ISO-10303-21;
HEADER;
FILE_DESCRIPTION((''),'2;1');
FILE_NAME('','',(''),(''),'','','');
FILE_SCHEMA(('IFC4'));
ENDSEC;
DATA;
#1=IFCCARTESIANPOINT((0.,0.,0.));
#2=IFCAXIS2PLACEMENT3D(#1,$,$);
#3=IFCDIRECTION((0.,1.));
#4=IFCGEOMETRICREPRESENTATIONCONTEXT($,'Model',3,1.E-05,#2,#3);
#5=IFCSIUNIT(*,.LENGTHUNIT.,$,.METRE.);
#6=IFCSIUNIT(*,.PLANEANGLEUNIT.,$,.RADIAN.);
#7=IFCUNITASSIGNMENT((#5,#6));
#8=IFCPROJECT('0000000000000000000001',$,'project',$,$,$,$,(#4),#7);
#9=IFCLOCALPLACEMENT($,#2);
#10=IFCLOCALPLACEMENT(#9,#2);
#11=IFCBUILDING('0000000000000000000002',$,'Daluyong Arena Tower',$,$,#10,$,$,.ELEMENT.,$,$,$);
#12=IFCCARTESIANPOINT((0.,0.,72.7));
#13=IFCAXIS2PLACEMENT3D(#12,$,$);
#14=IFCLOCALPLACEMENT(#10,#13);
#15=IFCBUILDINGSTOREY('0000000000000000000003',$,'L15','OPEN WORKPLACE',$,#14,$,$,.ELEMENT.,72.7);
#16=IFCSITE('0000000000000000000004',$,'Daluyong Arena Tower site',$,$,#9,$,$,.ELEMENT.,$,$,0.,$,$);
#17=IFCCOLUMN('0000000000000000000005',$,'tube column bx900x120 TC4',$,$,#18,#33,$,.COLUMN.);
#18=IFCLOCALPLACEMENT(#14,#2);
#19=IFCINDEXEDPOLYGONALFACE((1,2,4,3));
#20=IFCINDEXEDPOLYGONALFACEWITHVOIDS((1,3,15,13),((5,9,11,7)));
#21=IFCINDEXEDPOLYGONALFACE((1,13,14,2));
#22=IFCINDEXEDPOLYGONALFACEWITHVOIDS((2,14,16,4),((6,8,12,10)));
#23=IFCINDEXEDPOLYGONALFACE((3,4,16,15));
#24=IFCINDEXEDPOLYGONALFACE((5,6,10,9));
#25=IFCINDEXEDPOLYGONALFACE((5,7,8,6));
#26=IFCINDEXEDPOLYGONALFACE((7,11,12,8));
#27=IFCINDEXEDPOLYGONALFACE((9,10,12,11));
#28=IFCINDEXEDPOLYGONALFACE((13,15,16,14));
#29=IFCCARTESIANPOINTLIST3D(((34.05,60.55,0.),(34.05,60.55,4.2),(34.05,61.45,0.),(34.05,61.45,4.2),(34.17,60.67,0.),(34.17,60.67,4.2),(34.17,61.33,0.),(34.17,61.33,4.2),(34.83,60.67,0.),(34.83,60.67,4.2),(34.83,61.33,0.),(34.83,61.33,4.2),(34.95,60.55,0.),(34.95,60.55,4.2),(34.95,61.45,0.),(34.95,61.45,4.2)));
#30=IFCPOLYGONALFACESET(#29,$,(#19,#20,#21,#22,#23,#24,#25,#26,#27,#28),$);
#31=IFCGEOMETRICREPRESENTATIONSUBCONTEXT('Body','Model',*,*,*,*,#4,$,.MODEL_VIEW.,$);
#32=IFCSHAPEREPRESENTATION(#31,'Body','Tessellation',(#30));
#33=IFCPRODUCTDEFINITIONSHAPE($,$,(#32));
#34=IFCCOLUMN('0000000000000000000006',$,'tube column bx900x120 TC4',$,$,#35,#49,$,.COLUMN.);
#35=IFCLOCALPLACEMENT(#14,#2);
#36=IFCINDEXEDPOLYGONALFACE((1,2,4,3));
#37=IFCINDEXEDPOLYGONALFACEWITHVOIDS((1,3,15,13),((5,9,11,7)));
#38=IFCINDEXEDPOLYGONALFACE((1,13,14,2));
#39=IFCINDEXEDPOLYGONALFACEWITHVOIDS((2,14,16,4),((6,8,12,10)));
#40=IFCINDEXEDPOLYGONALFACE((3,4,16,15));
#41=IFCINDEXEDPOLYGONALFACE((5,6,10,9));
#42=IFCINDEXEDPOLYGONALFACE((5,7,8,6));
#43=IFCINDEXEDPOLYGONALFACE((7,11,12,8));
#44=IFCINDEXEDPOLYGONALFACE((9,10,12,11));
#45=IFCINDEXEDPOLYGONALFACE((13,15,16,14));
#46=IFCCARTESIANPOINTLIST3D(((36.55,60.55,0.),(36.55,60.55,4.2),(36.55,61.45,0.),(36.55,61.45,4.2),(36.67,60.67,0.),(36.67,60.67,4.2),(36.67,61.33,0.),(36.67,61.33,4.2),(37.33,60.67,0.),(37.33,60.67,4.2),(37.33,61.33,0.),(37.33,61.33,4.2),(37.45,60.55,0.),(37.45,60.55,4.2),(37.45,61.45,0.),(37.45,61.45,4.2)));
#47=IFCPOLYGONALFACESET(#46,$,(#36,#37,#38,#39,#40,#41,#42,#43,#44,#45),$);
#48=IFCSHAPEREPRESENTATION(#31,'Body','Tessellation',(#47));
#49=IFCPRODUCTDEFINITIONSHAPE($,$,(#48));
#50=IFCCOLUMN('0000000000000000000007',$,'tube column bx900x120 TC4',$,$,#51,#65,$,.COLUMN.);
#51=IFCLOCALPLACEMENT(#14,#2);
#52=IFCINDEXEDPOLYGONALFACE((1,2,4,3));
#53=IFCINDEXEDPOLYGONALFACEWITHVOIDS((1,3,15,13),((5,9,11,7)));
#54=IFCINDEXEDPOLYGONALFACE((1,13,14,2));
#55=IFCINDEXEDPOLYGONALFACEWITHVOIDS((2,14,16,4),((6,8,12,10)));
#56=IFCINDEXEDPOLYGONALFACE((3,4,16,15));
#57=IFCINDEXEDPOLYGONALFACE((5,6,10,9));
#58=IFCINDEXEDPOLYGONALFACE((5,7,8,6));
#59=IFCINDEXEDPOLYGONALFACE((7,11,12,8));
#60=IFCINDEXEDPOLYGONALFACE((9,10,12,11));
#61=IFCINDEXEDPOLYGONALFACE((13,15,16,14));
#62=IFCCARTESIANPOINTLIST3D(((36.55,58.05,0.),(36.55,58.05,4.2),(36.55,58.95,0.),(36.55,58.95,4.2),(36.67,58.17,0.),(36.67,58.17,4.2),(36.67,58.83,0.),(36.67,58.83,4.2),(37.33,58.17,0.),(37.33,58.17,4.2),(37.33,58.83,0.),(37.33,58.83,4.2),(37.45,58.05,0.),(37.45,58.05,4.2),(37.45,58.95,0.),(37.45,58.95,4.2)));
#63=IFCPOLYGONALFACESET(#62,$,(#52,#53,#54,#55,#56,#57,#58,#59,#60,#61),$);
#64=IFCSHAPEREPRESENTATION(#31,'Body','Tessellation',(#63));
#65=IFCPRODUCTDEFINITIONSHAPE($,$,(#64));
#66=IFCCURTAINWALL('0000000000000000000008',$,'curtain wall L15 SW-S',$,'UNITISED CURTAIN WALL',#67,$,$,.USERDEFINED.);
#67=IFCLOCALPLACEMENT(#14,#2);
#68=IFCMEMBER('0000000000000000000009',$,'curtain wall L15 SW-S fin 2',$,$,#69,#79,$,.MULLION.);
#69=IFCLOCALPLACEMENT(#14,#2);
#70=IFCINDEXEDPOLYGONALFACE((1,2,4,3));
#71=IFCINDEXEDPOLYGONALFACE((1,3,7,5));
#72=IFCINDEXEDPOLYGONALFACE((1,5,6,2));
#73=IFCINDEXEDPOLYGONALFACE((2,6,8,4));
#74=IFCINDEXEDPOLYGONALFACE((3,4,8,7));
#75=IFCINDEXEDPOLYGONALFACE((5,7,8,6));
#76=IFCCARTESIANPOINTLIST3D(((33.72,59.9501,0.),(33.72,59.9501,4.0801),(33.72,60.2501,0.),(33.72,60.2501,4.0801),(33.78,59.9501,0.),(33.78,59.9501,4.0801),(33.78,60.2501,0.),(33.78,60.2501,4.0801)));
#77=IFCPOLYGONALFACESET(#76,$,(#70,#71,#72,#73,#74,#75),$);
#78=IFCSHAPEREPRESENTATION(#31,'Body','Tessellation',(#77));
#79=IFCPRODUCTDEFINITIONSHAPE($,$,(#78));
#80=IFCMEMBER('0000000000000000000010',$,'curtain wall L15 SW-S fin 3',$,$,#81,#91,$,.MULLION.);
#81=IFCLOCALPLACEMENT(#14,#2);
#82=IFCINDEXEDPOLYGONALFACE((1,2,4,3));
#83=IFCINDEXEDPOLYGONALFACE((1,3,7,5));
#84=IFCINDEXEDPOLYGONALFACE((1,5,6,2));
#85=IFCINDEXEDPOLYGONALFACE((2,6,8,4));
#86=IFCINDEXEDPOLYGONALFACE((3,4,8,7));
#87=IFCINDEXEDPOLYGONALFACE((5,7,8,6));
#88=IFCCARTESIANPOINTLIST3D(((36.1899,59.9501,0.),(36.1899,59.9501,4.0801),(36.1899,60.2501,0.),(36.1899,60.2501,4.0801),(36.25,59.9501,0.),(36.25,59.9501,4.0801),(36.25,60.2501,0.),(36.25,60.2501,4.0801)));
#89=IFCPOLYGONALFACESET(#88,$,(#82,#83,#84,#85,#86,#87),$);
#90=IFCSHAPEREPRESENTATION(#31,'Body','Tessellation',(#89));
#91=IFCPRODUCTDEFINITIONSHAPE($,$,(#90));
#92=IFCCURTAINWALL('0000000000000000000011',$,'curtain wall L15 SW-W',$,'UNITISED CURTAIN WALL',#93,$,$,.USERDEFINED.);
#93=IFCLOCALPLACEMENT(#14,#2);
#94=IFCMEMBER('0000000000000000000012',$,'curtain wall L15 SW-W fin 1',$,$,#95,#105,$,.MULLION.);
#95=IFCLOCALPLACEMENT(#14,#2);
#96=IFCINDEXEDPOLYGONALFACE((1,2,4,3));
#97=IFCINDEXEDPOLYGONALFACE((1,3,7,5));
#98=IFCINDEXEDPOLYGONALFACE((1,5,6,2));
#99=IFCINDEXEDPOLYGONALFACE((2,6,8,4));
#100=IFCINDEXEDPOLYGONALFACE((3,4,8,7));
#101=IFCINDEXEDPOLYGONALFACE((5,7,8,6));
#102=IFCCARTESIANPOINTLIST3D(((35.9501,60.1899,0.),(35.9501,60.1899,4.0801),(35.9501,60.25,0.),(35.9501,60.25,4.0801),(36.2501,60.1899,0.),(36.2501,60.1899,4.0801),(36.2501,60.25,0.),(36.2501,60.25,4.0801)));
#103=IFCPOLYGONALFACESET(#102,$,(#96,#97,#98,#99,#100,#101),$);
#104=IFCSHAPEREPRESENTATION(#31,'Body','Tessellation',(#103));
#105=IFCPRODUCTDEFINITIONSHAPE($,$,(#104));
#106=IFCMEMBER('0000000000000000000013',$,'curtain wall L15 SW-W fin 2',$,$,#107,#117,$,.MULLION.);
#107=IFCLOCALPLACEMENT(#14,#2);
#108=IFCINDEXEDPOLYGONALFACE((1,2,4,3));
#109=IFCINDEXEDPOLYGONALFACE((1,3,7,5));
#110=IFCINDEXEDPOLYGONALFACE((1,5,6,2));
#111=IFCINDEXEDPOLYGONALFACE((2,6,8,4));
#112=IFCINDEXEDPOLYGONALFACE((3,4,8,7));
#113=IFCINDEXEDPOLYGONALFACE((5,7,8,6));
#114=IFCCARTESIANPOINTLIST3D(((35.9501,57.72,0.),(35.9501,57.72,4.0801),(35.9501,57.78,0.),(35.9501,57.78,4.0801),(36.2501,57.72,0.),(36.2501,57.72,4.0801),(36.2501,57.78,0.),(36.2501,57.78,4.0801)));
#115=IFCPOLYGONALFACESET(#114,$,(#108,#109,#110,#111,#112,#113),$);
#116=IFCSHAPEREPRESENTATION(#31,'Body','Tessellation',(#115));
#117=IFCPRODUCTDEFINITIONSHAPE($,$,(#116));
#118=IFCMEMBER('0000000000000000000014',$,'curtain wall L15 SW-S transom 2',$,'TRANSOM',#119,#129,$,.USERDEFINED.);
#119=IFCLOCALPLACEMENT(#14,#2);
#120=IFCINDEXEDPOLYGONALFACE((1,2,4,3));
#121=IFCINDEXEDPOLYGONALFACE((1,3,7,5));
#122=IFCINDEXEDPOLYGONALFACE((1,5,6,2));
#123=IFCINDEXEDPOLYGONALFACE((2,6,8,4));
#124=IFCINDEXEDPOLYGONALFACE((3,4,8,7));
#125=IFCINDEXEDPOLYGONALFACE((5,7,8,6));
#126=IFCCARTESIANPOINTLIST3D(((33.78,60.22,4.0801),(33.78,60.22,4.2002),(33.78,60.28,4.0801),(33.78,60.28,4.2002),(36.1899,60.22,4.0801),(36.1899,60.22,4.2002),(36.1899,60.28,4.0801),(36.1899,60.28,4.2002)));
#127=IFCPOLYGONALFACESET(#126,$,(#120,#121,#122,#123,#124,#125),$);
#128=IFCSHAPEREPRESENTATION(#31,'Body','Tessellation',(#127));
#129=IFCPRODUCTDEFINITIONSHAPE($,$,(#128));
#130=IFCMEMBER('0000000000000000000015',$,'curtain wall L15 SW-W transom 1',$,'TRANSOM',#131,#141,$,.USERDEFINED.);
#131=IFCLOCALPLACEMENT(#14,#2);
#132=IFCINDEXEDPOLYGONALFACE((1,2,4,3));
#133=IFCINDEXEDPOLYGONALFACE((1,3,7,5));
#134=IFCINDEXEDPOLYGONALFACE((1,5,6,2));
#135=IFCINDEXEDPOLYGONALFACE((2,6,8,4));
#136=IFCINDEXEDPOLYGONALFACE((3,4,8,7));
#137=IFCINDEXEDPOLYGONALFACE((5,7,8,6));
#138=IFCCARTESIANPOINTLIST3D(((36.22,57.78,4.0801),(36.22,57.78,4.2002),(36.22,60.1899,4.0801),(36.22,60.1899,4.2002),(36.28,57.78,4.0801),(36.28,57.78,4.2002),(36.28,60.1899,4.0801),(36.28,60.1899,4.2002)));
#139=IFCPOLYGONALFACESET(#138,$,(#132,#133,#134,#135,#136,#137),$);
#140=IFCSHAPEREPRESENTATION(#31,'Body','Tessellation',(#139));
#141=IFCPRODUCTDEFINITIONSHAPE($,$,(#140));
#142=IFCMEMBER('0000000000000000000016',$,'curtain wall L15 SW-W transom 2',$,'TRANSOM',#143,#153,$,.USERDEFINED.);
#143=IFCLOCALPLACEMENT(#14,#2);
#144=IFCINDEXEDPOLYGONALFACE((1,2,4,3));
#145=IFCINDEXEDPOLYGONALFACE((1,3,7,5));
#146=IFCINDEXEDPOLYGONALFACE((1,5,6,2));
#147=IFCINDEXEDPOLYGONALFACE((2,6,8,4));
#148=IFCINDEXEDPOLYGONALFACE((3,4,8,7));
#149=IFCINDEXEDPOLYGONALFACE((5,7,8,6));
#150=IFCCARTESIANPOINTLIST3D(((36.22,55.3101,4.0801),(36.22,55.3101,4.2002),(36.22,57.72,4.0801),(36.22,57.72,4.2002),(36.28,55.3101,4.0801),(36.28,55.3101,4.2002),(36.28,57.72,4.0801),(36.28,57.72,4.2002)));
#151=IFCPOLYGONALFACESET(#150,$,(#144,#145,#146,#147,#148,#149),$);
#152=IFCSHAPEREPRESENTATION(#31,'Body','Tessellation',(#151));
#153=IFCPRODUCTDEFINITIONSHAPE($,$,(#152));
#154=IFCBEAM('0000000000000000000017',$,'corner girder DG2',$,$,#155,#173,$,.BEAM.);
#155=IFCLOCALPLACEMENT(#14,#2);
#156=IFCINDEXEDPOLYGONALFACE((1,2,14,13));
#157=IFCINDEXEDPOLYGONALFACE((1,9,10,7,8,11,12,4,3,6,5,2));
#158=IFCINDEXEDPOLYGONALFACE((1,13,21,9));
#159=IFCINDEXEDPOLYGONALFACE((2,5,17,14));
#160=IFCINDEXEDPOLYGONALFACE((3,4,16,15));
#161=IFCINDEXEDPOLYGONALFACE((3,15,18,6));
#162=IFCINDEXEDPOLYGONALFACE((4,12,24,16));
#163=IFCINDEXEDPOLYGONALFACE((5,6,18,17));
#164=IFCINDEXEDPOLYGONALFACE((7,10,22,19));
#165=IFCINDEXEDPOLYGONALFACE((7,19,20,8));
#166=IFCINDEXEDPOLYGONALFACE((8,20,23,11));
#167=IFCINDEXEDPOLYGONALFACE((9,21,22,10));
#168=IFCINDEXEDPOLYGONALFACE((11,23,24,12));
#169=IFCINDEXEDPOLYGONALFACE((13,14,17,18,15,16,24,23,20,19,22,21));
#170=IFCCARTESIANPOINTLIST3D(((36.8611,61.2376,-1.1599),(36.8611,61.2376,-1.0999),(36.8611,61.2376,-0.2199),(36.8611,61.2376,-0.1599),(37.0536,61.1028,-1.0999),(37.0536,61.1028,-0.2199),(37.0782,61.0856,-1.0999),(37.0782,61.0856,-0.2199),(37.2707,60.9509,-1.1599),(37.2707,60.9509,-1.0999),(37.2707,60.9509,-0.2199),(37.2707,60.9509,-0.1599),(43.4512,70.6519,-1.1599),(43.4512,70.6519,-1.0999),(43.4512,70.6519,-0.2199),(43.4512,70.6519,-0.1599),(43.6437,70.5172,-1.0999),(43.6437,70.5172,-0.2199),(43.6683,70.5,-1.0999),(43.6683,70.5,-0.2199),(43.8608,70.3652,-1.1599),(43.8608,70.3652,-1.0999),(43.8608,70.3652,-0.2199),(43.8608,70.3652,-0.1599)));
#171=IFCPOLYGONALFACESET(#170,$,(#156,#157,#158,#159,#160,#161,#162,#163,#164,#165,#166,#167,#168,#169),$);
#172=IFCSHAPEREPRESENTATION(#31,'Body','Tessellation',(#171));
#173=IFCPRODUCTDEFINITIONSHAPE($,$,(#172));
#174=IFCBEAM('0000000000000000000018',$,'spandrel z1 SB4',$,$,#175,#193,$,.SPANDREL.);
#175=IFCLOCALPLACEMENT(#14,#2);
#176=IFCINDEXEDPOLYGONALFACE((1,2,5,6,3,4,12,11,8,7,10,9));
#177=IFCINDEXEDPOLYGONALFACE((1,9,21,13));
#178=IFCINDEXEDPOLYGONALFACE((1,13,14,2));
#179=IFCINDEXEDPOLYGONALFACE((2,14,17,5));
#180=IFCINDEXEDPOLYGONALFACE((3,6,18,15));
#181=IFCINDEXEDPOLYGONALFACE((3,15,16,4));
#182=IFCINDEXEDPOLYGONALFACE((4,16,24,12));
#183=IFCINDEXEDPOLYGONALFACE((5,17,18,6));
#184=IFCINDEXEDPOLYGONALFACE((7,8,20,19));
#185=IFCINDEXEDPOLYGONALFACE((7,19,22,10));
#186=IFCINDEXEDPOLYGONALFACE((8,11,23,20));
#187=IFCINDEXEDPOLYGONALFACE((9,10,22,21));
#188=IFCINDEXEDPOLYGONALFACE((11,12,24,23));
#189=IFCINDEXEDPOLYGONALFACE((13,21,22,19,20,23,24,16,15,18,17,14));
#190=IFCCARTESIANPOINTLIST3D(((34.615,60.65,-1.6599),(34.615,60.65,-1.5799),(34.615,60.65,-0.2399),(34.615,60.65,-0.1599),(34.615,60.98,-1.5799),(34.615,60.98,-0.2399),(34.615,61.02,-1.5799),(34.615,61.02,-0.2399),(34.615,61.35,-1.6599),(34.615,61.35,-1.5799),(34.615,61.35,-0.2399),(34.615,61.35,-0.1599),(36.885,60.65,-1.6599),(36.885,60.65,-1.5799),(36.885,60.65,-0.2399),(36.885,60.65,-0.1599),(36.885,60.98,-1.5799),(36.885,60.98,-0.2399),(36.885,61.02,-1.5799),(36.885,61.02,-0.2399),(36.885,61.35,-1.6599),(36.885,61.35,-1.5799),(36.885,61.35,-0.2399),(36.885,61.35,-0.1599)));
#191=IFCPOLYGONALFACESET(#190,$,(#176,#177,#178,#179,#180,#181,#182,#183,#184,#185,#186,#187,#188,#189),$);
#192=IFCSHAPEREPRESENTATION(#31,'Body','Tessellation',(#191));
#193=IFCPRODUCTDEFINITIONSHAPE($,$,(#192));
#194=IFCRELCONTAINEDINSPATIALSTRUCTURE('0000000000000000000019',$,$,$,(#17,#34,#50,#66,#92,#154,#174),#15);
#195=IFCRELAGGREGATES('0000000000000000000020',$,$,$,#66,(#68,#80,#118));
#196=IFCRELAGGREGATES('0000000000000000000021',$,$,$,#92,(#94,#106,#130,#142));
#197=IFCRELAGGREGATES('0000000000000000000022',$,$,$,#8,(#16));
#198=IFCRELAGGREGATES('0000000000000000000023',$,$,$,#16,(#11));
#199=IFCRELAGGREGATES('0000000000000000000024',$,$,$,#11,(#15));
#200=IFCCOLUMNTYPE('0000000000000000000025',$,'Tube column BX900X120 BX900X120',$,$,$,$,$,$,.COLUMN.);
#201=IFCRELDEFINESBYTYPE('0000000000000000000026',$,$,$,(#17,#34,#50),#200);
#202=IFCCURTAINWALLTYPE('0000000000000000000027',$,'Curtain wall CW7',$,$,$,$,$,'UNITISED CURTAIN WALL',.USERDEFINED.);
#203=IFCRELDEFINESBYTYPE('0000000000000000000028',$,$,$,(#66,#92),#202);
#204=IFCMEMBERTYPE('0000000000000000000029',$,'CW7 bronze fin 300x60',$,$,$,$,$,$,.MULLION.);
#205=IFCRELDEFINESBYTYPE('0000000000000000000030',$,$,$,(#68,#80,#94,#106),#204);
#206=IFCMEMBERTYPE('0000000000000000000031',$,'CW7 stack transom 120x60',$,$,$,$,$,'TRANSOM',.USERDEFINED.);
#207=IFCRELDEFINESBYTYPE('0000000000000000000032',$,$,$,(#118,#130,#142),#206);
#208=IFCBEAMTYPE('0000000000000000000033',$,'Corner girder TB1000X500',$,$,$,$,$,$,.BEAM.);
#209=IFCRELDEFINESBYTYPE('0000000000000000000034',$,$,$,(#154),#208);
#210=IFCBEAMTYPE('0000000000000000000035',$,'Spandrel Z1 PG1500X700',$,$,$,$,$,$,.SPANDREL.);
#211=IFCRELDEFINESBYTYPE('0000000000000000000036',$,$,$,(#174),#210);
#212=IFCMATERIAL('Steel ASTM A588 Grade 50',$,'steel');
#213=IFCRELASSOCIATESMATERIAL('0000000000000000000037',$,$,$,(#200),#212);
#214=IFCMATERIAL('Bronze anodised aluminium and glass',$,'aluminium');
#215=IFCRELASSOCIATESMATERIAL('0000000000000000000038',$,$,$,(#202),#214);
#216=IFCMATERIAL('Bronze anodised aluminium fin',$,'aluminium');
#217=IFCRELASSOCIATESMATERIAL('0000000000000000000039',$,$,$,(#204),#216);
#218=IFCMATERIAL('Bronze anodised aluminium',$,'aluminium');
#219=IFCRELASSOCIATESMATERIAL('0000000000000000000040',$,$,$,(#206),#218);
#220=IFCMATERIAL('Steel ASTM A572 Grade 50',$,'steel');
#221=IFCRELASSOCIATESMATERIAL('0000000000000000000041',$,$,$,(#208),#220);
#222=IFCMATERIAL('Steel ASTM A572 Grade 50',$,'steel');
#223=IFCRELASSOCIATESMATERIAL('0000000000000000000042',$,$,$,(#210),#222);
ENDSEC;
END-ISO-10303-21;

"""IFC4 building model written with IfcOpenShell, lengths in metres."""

from ifc_helpers import new_model, si_unit, direction, frame, origin, origin_2d, place, context, subcontext, project, spatial, rectangle, hollow_rectangle, i_section, extrude, material, material_profile, profile_set, type_object, element, aggregate, save


model = new_model("IFC4")

# Units and contexts
model_context = context("Model", 3, precision=1e-05, world=origin(), true_north=direction((0.0, 1.0)))
body_context = subcontext(model_context, "Body", "Model", "MODEL_VIEW")
ifc_project = project(units=[si_unit("LENGTHUNIT", "METRE"), si_unit("PLANEANGLEUNIT", "RADIAN")], contexts=[model_context])

# Site, building, storey
site_placement = place(None, origin())
site = spatial("IfcSite", under=ifc_project, at=site_placement, Name="Daluyong Arena Tower site", CompositionType="ELEMENT", RefElevation=0.0)
building_placement = place(site_placement, origin())
building = spatial("IfcBuilding", under=site, at=building_placement, Name="Daluyong Arena Tower", CompositionType="ELEMENT")
storey_placement = place(building_placement, frame((0.0, 0.0, 72.7)))
storey = spatial("IfcBuildingStorey", under=building, at=storey_placement, Name="L15", Description="OPEN WORKPLACE", CompositionType="ELEMENT", Elevation=72.7)

# Columns
ifc_material_1 = material(Name="Steel ASTM A588 Grade 50", Category="steel")
ifc_material_profile_1 = material_profile(ifc_material_1, hollow_rectangle(XDim=0.8999, YDim=0.8999, WallThickness=0.12, at=origin_2d()))
ifc_profile_set_1 = profile_set([ifc_material_profile_1], Name="Steel ASTM A588 Grade 50")
column_type = type_object("IfcColumnType", Name="Tube column BX900X120 BX900X120", PredefinedType="COLUMN", material=ifc_profile_set_1)
for number, where, z_axis, x_axis, name in (
    (1, (34.5, 61.0, 0.0), (0.0, 0.0, 1.0), (1.0, 0.0, 0.0), "tube column bx900x120 TC4"),
    (2, (37.0, 61.0, 0.0), (0.0, 0.0, 1.0), (0.0, 1.0, 0.0), "tube column bx900x120 TC4"),
    (3, (37.0, 58.5, 0.0), (0.0, 0.0, 1.0), (0.0, 1.0, 0.0), "tube column bx900x120 TC4"),
):
    element("IfcColumn", number, at=place(storey_placement, frame(where, z_axis=z_axis, x_axis=x_axis)), inside=storey, type_object=column_type, Name=name, PredefinedType="COLUMN", context=body_context, shape_type="SweptSolid", body=[
        extrude(hollow_rectangle(XDim=0.8999, YDim=0.8999, WallThickness=0.12, at=origin_2d()), origin(), (0.0, 0.0, 1.0), 4.2),
    ])

# Curtain walls, members
ifc_material_2 = material(Name="Bronze anodised aluminium and glass", Category="aluminium")
curtain_wall_type = type_object("IfcCurtainWallType", Name="Curtain wall CW7", ElementType="UNITISED CURTAIN WALL", PredefinedType="USERDEFINED", material=ifc_material_2)
curtain_wall_1_placement = place(storey_placement, origin())
curtain_wall_1 = element("IfcCurtainWall", 4, at=curtain_wall_1_placement, inside=storey, type_object=curtain_wall_type, Name="curtain wall L15 SW-S", ObjectType="UNITISED CURTAIN WALL", PredefinedType="USERDEFINED")
ifc_material_3 = material(Name="Bronze anodised aluminium fin", Category="aluminium")
ifc_material_profile_2 = material_profile(ifc_material_3, rectangle(XDim=0.3, YDim=0.0601, at=origin_2d()))
ifc_profile_set_2 = profile_set([ifc_material_profile_2], Name="Bronze anodised aluminium fin")
member_type_1 = type_object("IfcMemberType", Name="CW7 bronze fin 300x60", PredefinedType="MULLION", material=ifc_profile_set_2)
member_1_placement = place(storey_placement, frame((33.75, 60.1001, 0.0), z_axis=(0.0, 0.0, 1.0), x_axis=(0.0, 1.0, 0.0)))
member_1 = element("IfcMember", 5, at=member_1_placement, type_object=member_type_1, Name="curtain wall L15 SW-S fin 2", PredefinedType="MULLION", context=body_context, shape_type="SweptSolid", body=[
    extrude(rectangle(XDim=0.3, YDim=0.0601, at=origin_2d()), origin(), (0.0, 0.0, 1.0), 4.0801),
])
member_2_placement = place(storey_placement, frame((36.22, 60.1001, 0.0), z_axis=(0.0, 0.0, 1.0), x_axis=(0.0, 1.0, 0.0)))
member_2 = element("IfcMember", 6, at=member_2_placement, type_object=member_type_1, Name="curtain wall L15 SW-S fin 3", PredefinedType="MULLION", context=body_context, shape_type="SweptSolid", body=[
    extrude(rectangle(XDim=0.3, YDim=0.0601, at=origin_2d()), origin(), (0.0, 0.0, 1.0), 4.0801),
])
curtain_wall_2_placement = place(storey_placement, origin())
curtain_wall_2 = element("IfcCurtainWall", 7, at=curtain_wall_2_placement, inside=storey, type_object=curtain_wall_type, Name="curtain wall L15 SW-W", ObjectType="UNITISED CURTAIN WALL", PredefinedType="USERDEFINED")
member_3_placement = place(storey_placement, frame((36.1001, 60.22, 0.0), z_axis=(0.0, 0.0, 1.0), x_axis=(1.0, 0.0, 0.0)))
member_3 = element("IfcMember", 8, at=member_3_placement, type_object=member_type_1, Name="curtain wall L15 SW-W fin 1", PredefinedType="MULLION", context=body_context, shape_type="SweptSolid", body=[
    extrude(rectangle(XDim=0.3, YDim=0.0601, at=origin_2d()), origin(), (0.0, 0.0, 1.0), 4.0801),
])
member_4_placement = place(storey_placement, frame((36.1001, 57.75, 0.0), z_axis=(0.0, 0.0, 1.0), x_axis=(1.0, 0.0, 0.0)))
member_4 = element("IfcMember", 9, at=member_4_placement, type_object=member_type_1, Name="curtain wall L15 SW-W fin 2", PredefinedType="MULLION", context=body_context, shape_type="SweptSolid", body=[
    extrude(rectangle(XDim=0.3, YDim=0.0601, at=origin_2d()), origin(), (0.0, 0.0, 1.0), 4.0801),
])

# Members
ifc_material_4 = material(Name="Bronze anodised aluminium", Category="aluminium")
ifc_material_profile_3 = material_profile(ifc_material_4, rectangle(XDim=0.0601, YDim=0.1201, at=origin_2d()))
ifc_profile_set_3 = profile_set([ifc_material_profile_3], Name="Bronze anodised aluminium")
member_type_2 = type_object("IfcMemberType", Name="CW7 stack transom 120x60", ElementType="TRANSOM", PredefinedType="USERDEFINED", material=ifc_profile_set_3)
member_5_placement = place(storey_placement, frame((33.78, 60.25, 4.1401), z_axis=(1.0, 0.0, 0.0), x_axis=(0.0, 1.0, 0.0)))
member_5 = element("IfcMember", 10, at=member_5_placement, type_object=member_type_2, Name="curtain wall L15 SW-S transom 2", ObjectType="TRANSOM", PredefinedType="USERDEFINED", context=body_context, shape_type="SweptSolid", body=[
    extrude(rectangle(XDim=0.0601, YDim=0.1201, at=origin_2d()), origin(), (0.0, 0.0, 1.0), 2.4099),
])
member_6_placement = place(storey_placement, frame((36.25, 60.1899, 4.1401), z_axis=(0.0, -1.0, 0.0), x_axis=(1.0, 0.0, 0.0)))
member_6 = element("IfcMember", 11, at=member_6_placement, type_object=member_type_2, Name="curtain wall L15 SW-W transom 1", ObjectType="TRANSOM", PredefinedType="USERDEFINED", context=body_context, shape_type="SweptSolid", body=[
    extrude(rectangle(XDim=0.0601, YDim=0.1201, at=origin_2d()), origin(), (0.0, 0.0, 1.0), 2.4099),
])
member_7_placement = place(storey_placement, frame((36.25, 57.72, 4.1401), z_axis=(0.0, -1.0, 0.0), x_axis=(1.0, 0.0, 0.0)))
member_7 = element("IfcMember", 12, at=member_7_placement, type_object=member_type_2, Name="curtain wall L15 SW-W transom 2", ObjectType="TRANSOM", PredefinedType="USERDEFINED", context=body_context, shape_type="SweptSolid", body=[
    extrude(rectangle(XDim=0.0601, YDim=0.1201, at=origin_2d()), origin(), (0.0, 0.0, 1.0), 2.4099),
])

# Beams
ifc_material_5 = material(Name="Steel ASTM A572 Grade 50", Category="steel")
ifc_material_profile_4 = material_profile(ifc_material_5, i_section(OverallWidth=0.5, OverallDepth=1.0, WebThickness=0.03, FlangeThickness=0.06, at=origin_2d()))
ifc_profile_set_4 = profile_set([ifc_material_profile_4], Name="Steel ASTM A572 Grade 50")
beam_type_1 = type_object("IfcBeamType", Name="Corner girder TB1000X500", PredefinedType="BEAM", material=ifc_profile_set_4)
beam_placement = place(storey_placement, frame((37.0659, 61.0942, -0.6599), z_axis=(0.573467, 0.819229, 0.0), x_axis=(-0.819229, 0.573467, 0.0)))
element("IfcBeam", 13, at=beam_placement, inside=storey, type_object=beam_type_1, Name="corner girder DG2", PredefinedType="BEAM", context=body_context, shape_type="SweptSolid", body=[
    extrude(i_section(OverallWidth=0.5, OverallDepth=1.0, WebThickness=0.03, FlangeThickness=0.06, at=origin_2d()), origin(), (0.0, 0.0, 1.0), 11.4917),
])
ifc_material_6 = material(Name="Steel ASTM A572 Grade 50", Category="steel")
ifc_material_profile_5 = material_profile(ifc_material_6, i_section(OverallWidth=0.7, OverallDepth=1.5, WebThickness=0.04, FlangeThickness=0.08, at=origin_2d()))
ifc_profile_set_5 = profile_set([ifc_material_profile_5], Name="Steel ASTM A572 Grade 50")
beam_type_2 = type_object("IfcBeamType", Name="Spandrel Z1 PG1500X700", PredefinedType="SPANDREL", material=ifc_profile_set_5)
for number, where, z_axis, x_axis, name in (
    (14, (34.615, 61.0, -0.9099), (1.0, 0.0, 0.0), (0.0, 1.0, 0.0), "spandrel z1 SB4"),
):
    element("IfcBeam", number, at=place(storey_placement, frame(where, z_axis=z_axis, x_axis=x_axis)), inside=storey, type_object=beam_type_2, Name=name, PredefinedType="SPANDREL", context=body_context, shape_type="SweptSolid", body=[
        extrude(i_section(OverallWidth=0.7, OverallDepth=1.5, WebThickness=0.04, FlangeThickness=0.08, at=origin_2d()), origin(), (0.0, 0.0, 1.0), 2.27),
    ])

aggregate(curtain_wall_1, [member_1, member_2, member_5])
aggregate(curtain_wall_2, [member_3, member_4, member_6, member_7])

save(model, "model.ifc")
